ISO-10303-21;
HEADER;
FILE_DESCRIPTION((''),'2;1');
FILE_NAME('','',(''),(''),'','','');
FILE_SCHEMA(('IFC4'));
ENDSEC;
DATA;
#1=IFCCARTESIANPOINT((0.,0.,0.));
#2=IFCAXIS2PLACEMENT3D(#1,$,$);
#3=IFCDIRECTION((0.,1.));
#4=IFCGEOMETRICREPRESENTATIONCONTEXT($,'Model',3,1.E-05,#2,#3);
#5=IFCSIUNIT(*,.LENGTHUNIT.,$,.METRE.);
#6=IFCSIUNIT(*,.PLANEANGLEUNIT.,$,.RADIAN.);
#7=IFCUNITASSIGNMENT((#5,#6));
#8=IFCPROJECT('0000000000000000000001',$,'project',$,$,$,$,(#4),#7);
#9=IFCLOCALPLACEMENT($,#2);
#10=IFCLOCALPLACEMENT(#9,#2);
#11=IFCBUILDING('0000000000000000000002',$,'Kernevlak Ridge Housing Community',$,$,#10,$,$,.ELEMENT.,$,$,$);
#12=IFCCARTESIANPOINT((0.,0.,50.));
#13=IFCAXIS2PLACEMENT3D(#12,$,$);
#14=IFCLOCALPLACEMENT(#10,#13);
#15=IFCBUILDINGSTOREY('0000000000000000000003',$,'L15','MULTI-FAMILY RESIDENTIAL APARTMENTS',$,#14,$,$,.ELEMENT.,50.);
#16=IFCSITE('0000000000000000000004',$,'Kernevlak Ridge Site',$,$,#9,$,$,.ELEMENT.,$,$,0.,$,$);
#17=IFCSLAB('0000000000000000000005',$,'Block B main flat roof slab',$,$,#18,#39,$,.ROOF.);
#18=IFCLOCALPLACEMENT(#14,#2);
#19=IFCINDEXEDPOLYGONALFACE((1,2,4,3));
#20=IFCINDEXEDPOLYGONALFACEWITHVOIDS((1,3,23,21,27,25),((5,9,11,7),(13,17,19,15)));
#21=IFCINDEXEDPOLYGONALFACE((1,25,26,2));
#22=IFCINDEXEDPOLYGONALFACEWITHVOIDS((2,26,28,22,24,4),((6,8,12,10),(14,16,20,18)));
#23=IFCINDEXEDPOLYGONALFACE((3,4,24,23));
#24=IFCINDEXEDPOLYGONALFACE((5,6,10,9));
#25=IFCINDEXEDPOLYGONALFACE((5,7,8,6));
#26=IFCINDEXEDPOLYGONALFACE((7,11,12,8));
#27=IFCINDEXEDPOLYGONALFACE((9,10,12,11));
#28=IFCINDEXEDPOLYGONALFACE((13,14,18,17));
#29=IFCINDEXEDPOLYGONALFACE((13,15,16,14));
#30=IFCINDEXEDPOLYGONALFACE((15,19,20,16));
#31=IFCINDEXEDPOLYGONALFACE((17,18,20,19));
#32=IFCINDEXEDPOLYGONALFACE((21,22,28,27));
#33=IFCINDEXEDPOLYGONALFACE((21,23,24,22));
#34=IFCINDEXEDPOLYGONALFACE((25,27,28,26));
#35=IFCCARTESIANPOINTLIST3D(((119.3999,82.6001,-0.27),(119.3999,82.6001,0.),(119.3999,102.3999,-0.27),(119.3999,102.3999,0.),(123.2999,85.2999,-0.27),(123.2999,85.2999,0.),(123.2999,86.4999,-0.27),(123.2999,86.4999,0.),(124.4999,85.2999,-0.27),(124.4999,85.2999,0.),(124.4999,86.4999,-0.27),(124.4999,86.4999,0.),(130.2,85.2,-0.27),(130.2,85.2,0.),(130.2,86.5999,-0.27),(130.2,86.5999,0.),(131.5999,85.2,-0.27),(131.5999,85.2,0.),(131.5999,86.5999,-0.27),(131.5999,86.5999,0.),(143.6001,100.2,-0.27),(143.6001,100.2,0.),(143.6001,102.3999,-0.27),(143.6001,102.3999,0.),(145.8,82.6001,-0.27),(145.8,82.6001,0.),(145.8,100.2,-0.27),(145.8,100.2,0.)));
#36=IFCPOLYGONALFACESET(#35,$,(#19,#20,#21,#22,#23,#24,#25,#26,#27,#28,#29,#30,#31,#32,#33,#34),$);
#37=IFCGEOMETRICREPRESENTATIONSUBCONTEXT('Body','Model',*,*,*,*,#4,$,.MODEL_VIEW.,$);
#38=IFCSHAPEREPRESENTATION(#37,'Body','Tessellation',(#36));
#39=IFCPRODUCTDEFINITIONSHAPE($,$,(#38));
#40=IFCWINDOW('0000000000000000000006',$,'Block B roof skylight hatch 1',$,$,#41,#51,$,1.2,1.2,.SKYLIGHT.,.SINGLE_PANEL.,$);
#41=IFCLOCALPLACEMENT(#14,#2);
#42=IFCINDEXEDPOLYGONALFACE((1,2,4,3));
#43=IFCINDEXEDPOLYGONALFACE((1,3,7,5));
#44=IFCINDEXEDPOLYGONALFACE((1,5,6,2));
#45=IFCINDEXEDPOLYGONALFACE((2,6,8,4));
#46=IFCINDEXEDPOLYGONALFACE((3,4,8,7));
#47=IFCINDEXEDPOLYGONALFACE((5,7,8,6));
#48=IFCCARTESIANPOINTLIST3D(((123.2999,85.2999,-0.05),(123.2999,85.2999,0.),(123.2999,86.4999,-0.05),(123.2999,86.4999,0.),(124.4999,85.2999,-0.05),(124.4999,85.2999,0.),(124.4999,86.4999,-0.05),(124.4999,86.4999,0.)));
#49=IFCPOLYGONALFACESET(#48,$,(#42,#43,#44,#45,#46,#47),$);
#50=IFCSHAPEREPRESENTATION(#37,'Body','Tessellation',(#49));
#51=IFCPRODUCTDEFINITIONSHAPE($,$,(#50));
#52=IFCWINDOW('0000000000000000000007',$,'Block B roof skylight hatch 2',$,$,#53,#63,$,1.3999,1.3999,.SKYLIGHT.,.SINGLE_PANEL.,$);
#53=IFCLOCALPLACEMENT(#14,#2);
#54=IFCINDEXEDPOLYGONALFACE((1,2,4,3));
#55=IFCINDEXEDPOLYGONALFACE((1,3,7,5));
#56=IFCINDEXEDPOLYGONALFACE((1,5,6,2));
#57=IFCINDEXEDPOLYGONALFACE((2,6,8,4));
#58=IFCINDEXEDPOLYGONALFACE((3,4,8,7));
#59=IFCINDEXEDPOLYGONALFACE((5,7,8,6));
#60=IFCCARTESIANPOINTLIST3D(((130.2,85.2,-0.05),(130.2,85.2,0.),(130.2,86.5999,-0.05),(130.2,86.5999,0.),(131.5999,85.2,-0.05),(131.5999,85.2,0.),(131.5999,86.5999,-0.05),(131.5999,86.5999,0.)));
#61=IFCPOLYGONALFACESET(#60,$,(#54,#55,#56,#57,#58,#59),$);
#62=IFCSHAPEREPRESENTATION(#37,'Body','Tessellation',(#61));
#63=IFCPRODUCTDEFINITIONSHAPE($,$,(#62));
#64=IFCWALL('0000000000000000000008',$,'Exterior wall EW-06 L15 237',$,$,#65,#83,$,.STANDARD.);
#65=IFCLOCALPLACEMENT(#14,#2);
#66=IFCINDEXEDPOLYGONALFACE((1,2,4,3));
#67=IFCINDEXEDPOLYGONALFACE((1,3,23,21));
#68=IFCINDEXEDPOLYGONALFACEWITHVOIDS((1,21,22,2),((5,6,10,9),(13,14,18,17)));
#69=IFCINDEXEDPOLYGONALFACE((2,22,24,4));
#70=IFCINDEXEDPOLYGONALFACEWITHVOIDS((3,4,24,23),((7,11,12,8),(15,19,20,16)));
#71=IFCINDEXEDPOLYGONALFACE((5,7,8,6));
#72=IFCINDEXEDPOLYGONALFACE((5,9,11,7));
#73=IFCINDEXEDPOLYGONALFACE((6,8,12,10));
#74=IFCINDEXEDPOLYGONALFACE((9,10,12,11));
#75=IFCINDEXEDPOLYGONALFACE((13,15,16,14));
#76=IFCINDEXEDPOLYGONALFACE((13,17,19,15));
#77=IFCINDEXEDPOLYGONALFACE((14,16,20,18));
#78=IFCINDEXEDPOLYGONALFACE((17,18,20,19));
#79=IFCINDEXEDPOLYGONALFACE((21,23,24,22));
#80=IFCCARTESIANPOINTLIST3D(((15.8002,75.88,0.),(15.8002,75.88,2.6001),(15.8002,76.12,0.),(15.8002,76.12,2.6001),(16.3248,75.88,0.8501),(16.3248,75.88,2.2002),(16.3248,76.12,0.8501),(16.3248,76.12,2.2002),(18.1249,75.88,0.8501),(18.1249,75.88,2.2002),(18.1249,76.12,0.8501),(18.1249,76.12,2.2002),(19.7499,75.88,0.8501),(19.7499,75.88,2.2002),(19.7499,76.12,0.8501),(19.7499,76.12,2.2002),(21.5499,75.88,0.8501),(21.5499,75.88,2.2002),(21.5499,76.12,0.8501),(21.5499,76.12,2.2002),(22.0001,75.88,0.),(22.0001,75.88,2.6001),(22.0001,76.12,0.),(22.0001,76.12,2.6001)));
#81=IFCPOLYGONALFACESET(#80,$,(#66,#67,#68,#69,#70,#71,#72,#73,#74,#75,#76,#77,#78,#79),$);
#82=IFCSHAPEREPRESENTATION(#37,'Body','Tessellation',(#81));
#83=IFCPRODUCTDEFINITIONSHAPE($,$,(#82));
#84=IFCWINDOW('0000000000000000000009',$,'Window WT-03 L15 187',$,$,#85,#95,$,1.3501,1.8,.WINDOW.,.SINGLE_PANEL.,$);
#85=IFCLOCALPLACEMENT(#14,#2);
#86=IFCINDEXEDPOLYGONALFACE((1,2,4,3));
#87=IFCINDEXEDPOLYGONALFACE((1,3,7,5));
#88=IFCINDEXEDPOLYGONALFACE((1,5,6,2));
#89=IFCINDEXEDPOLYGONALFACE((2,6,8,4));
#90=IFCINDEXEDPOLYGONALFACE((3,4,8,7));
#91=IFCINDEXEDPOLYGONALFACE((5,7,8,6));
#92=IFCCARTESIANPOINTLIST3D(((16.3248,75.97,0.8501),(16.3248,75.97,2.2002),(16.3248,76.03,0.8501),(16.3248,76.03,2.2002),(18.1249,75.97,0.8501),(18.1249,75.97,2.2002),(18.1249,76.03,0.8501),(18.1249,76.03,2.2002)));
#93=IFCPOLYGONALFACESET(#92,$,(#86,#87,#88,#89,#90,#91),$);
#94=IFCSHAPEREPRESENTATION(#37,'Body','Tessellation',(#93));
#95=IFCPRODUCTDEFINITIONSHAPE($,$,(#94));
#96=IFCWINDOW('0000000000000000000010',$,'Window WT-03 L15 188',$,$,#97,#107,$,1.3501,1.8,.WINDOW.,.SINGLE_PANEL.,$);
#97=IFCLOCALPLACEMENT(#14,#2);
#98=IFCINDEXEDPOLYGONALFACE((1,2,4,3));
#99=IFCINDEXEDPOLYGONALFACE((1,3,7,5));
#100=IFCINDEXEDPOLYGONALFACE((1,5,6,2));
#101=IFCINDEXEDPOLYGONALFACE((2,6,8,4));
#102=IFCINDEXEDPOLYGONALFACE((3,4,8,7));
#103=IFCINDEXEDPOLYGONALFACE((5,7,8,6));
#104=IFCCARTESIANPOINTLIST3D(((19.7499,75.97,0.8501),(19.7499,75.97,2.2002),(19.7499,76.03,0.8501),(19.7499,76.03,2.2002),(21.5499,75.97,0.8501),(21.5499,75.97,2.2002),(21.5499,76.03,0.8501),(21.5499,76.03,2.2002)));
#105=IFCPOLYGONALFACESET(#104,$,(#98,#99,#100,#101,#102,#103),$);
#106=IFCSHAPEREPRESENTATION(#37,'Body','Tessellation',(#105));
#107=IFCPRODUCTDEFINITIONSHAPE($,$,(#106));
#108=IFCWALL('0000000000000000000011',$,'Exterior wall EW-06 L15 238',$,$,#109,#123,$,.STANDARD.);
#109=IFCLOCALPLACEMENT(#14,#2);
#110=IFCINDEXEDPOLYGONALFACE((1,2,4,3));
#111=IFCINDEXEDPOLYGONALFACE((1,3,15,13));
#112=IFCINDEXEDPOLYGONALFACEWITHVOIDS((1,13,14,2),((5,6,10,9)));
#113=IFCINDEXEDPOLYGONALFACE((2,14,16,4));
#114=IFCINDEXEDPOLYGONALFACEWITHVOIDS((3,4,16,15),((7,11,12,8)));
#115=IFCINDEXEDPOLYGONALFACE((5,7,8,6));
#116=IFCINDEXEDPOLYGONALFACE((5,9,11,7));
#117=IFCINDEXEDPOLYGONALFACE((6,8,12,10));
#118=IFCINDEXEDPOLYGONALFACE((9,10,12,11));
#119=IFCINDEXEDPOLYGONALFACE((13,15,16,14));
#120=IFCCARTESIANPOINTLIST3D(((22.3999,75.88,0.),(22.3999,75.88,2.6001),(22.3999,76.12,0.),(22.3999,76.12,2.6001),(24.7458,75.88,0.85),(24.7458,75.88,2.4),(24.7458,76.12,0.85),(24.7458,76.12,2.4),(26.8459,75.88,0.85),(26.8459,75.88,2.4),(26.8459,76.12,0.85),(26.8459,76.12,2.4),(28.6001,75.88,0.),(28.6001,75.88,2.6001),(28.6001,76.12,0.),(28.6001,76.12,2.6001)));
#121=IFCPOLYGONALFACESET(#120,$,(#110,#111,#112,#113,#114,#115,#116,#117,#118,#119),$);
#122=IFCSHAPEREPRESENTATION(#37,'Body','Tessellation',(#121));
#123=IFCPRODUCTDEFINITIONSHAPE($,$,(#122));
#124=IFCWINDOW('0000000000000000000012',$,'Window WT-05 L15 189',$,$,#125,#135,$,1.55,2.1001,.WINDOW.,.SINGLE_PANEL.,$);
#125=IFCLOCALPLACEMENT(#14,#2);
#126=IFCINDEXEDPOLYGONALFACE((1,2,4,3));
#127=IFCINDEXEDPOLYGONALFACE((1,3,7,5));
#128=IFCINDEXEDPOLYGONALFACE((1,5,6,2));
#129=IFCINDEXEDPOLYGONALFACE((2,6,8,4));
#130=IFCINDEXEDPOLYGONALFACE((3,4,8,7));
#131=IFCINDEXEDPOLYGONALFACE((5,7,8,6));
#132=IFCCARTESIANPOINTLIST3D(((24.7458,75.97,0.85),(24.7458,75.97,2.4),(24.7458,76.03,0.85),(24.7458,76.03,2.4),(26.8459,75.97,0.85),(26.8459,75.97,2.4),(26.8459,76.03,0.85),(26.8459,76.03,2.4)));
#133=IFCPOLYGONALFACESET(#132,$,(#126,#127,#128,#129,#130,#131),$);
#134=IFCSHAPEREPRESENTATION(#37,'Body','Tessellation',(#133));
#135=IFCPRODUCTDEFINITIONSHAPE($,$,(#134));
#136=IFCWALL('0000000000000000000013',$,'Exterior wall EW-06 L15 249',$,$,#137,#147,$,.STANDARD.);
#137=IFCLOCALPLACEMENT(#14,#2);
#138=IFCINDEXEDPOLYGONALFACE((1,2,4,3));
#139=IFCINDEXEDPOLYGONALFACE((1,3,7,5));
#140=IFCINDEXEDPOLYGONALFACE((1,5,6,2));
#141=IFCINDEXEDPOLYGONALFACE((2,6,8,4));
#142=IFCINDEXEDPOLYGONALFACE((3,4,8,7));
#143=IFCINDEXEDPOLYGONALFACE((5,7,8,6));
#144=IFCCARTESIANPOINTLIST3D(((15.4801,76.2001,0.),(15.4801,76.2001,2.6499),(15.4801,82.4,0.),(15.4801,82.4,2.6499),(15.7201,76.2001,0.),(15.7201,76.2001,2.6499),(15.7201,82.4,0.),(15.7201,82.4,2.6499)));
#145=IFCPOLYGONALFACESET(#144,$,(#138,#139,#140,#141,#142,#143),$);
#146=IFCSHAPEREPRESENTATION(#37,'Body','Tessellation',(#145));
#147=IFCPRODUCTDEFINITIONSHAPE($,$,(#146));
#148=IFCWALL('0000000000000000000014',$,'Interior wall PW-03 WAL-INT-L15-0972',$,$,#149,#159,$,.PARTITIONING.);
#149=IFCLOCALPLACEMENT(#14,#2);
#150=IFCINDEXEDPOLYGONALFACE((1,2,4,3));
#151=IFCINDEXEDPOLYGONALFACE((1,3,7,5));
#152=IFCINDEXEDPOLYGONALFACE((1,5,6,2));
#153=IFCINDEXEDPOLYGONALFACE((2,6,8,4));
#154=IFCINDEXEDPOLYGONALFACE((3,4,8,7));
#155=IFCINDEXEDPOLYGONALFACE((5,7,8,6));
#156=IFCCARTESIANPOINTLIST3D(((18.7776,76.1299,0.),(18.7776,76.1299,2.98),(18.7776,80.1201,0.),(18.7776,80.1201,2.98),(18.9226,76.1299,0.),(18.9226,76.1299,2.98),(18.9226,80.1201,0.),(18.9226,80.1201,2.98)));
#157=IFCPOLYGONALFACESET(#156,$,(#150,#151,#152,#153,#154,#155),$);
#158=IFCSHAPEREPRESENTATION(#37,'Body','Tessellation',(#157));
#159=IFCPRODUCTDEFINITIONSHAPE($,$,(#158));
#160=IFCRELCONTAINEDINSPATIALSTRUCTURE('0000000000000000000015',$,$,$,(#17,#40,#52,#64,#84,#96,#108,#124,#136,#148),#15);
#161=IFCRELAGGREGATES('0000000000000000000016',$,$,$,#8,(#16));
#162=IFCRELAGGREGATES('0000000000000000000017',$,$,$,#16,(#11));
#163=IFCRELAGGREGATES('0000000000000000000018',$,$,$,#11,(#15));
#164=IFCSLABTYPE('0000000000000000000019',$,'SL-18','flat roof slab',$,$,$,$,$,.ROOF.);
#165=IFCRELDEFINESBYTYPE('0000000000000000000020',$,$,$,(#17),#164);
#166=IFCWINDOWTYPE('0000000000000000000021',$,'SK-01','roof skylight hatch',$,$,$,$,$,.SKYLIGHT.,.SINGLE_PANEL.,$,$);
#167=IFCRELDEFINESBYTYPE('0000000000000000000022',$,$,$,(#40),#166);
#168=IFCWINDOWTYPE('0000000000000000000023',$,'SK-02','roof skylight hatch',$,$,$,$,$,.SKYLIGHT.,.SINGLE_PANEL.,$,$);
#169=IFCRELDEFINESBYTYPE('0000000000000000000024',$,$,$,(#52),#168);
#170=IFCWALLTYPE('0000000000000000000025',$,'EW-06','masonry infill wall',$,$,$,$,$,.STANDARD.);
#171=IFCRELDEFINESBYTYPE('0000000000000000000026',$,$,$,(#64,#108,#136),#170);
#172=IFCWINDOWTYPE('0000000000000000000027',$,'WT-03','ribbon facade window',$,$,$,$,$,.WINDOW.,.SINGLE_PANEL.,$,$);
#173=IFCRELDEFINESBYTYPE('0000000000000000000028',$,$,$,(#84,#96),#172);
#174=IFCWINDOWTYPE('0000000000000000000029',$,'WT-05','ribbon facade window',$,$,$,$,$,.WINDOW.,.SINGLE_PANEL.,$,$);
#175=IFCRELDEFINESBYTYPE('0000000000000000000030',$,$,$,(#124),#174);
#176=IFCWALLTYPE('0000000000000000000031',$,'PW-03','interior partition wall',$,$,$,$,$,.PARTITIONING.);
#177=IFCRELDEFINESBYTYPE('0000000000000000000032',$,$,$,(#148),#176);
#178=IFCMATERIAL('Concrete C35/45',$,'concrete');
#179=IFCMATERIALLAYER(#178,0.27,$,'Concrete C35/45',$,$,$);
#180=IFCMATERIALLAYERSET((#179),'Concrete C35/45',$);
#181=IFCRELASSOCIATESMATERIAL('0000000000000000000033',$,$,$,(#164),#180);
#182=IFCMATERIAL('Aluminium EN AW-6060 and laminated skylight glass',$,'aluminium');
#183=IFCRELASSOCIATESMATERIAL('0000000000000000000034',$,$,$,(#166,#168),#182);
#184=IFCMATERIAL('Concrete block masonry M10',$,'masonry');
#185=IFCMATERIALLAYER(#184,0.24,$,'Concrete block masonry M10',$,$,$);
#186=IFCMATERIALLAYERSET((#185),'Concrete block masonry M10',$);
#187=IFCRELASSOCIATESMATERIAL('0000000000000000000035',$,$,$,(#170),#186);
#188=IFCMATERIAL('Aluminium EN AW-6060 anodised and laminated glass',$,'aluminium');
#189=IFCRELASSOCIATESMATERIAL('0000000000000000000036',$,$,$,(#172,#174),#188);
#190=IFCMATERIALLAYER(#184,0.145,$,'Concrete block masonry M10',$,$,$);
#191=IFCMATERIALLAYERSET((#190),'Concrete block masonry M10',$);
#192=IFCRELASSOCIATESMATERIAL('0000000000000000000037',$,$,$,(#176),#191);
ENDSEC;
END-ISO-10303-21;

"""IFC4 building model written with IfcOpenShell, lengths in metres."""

from ifc_helpers import new_model, si_unit, direction, frame, frame_2d, origin, origin_2d, place, context, subcontext, project, spatial, polyline, rectangle, outline, extrude, material, layer, layer_set, type_object, element, fill, save


model = new_model("IFC4")

# Units and contexts
model_context = context("Model", 3, precision=1e-05, world=origin(), true_north=direction((0.0, 1.0)))
body_context = subcontext(model_context, "Body", "Model", "MODEL_VIEW")
ifc_project = project(units=[si_unit("LENGTHUNIT", "METRE"), si_unit("PLANEANGLEUNIT", "RADIAN")], contexts=[model_context])

# Site, building, storey
site_placement = place(None, origin())
site = spatial("IfcSite", under=ifc_project, at=site_placement, Name="Kernevlak Ridge Site", CompositionType="ELEMENT", RefElevation=0.0)
building_placement = place(site_placement, origin())
building = spatial("IfcBuilding", under=site, at=building_placement, Name="Kernevlak Ridge Housing Community", CompositionType="ELEMENT")
storey_placement = place(building_placement, frame((0.0, 0.0, 50.0)))
storey = spatial("IfcBuildingStorey", under=building, at=storey_placement, Name="L15", Description="MULTI-FAMILY RESIDENTIAL APARTMENTS", CompositionType="ELEMENT", Elevation=50.0)

# Shared definitions
ifc_material_1 = material(Name="Concrete C35/45", Category="concrete")

# Slab, openings, windows
ifc_layer_1 = layer(ifc_material_1, 0.27, Name="Concrete C35/45")
ifc_layer_set_1 = layer_set([ifc_layer_1], Name="Concrete C35/45")
slab_type_1 = type_object("IfcSlabType", Name="SL-18", Description="flat roof slab", PredefinedType="ROOF", material=ifc_layer_set_1)
slab_1_placement = place(storey_placement, frame((0.0, 0.0, -0.27)))
slab_1 = element("IfcSlab", 1, at=slab_1_placement, inside=storey, type_object=slab_type_1, Name="Block B main flat roof slab", PredefinedType="ROOF", context=body_context, shape_type="SweptSolid", body=[
    extrude(outline(polyline([(119.3999, 82.6001), (145.8, 82.6001), (145.8, 100.2), (143.6001, 100.2), (143.6001, 102.3999), (119.3999, 102.3999), (119.3999, 82.6001)])), origin(), (0.0, 0.0, 1.0), 0.27),
])
opening_1_placement = place(slab_1_placement, frame((123.8999, 85.8999, -0.01)))
opening_1 = element("IfcOpeningElement", 2, at=opening_1_placement, cuts=slab_1, PredefinedType="OPENING", context=body_context, shape_type="SweptSolid", body=[
    extrude(rectangle(XDim=1.2, YDim=1.2, at=origin_2d()), origin(), (0.0, 0.0, 1.0), 0.29),
])
opening_2_placement = place(slab_1_placement, frame((130.8999, 85.8999, -0.01)))
opening_2 = element("IfcOpeningElement", 3, at=opening_2_placement, cuts=slab_1, PredefinedType="OPENING", context=body_context, shape_type="SweptSolid", body=[
    extrude(rectangle(XDim=1.3999, YDim=1.3999, at=origin_2d()), origin(), (0.0, 0.0, 1.0), 0.29),
])
ifc_material_2 = material(Name="Aluminium EN AW-6060 and laminated skylight glass", Category="aluminium")
window_type_1 = type_object("IfcWindowType", Name="SK-01", Description="roof skylight hatch", PartitioningType="SINGLE_PANEL", PredefinedType="SKYLIGHT", material=ifc_material_2)
window_1_placement = place(slab_1_placement, frame((123.8999, 85.8999, 0.22)))
window_1 = element("IfcWindow", 4, at=window_1_placement, inside=storey, type_object=window_type_1, Name="Block B roof skylight hatch 1", OverallHeight=1.2, OverallWidth=1.2, PartitioningType="SINGLE_PANEL", PredefinedType="SKYLIGHT", context=body_context, shape_type="SweptSolid", body=[
    extrude(rectangle(XDim=1.2, YDim=1.2, at=origin_2d()), origin(), (0.0, 0.0, 1.0), 0.05),
])
fill(opening_1, window_1)
window_type_2 = type_object("IfcWindowType", Name="SK-02", Description="roof skylight hatch", PartitioningType="SINGLE_PANEL", PredefinedType="SKYLIGHT", material=ifc_material_2)
window_2_placement = place(slab_1_placement, frame((130.8999, 85.8999, 0.22)))
window_2 = element("IfcWindow", 5, at=window_2_placement, inside=storey, type_object=window_type_2, Name="Block B roof skylight hatch 2", OverallHeight=1.3999, OverallWidth=1.3999, PartitioningType="SINGLE_PANEL", PredefinedType="SKYLIGHT", context=body_context, shape_type="SweptSolid", body=[
    extrude(rectangle(XDim=1.3999, YDim=1.3999, at=origin_2d()), origin(), (0.0, 0.0, 1.0), 0.05),
])
fill(opening_2, window_2)

# Wall, openings, windows
ifc_material_3 = material(Name="Concrete block masonry M10", Category="masonry")
ifc_layer_2 = layer(ifc_material_3, 0.24, Name="Concrete block masonry M10")
ifc_layer_set_2 = layer_set([ifc_layer_2], Name="Concrete block masonry M10")
wall_type_1 = type_object("IfcWallType", Name="EW-06", Description="masonry infill wall", PredefinedType="STANDARD", material=ifc_layer_set_2)
wall_1_placement = place(storey_placement, frame((15.8, 76.0, 0.0), z_axis=(0.0, 0.0, 1.0), x_axis=(1.0, 0.0, 0.0)))
wall_1 = element("IfcWall", 6, at=wall_1_placement, inside=storey, type_object=wall_type_1, Name="Exterior wall EW-06 L15 237", PredefinedType="STANDARD", context=body_context, shape_type="SweptSolid", body=[
    extrude(rectangle(XDim=6.2, YDim=0.24, at=frame_2d((3.1001, 0.0))), origin(), (0.0, 0.0, 1.0), 2.6001),
])
opening_3_placement = place(wall_1_placement, frame((0.5249, 0.0, 0.8501)))
opening_3 = element("IfcOpeningElement", 7, at=opening_3_placement, cuts=wall_1, PredefinedType="OPENING", context=body_context, shape_type="SweptSolid", body=[
    extrude(rectangle(XDim=1.8, YDim=1.3501, at=frame_2d((0.8999, 0.675))), frame((0.0, 0.1299, 0.0), z_axis=(0.0, -1.0, 0.0), x_axis=(1.0, 0.0, 0.0)), (0.0, 0.0, 1.0), 0.26),
])
opening_4_placement = place(wall_1_placement, frame((3.95, 0.0, 0.8501)))
opening_4 = element("IfcOpeningElement", 8, at=opening_4_placement, cuts=wall_1, PredefinedType="OPENING", context=body_context, shape_type="SweptSolid", body=[
    extrude(rectangle(XDim=1.8, YDim=1.3501, at=frame_2d((0.8999, 0.675))), frame((0.0, 0.1299, 0.0), z_axis=(0.0, -1.0, 0.0), x_axis=(1.0, 0.0, 0.0)), (0.0, 0.0, 1.0), 0.26),
])
ifc_material_4 = material(Name="Aluminium EN AW-6060 anodised and laminated glass", Category="aluminium")
window_type_3 = type_object("IfcWindowType", Name="WT-03", Description="ribbon facade window", PartitioningType="SINGLE_PANEL", PredefinedType="WINDOW", material=ifc_material_4)
window_3_placement = place(opening_3_placement, origin())
window_3 = element("IfcWindow", 9, at=window_3_placement, inside=storey, type_object=window_type_3, Name="Window WT-03 L15 187", OverallHeight=1.3501, OverallWidth=1.8, PartitioningType="SINGLE_PANEL", PredefinedType="WINDOW", context=body_context, shape_type="SweptSolid", body=[
    extrude(rectangle(XDim=1.8, YDim=1.3501, at=frame_2d((0.8999, 0.675))), frame((0.0, 0.03, 0.0), z_axis=(0.0, -1.0, 0.0), x_axis=(1.0, 0.0, 0.0)), (0.0, 0.0, 1.0), 0.0601),
])
fill(opening_3, window_3)
window_4_placement = place(opening_4_placement, origin())
window_4 = element("IfcWindow", 10, at=window_4_placement, inside=storey, type_object=window_type_3, Name="Window WT-03 L15 188", OverallHeight=1.3501, OverallWidth=1.8, PartitioningType="SINGLE_PANEL", PredefinedType="WINDOW", context=body_context, shape_type="SweptSolid", body=[
    extrude(rectangle(XDim=1.8, YDim=1.3501, at=frame_2d((0.8999, 0.675))), frame((0.0, 0.03, 0.0), z_axis=(0.0, -1.0, 0.0), x_axis=(1.0, 0.0, 0.0)), (0.0, 0.0, 1.0), 0.0601),
])
fill(opening_4, window_4)

# Wall, opening, window
wall_2_placement = place(storey_placement, frame((22.3999, 76.0, 0.0), z_axis=(0.0, 0.0, 1.0), x_axis=(1.0, 0.0, 0.0)))
wall_2 = element("IfcWall", 11, at=wall_2_placement, inside=storey, type_object=wall_type_1, Name="Exterior wall EW-06 L15 238", PredefinedType="STANDARD", context=body_context, shape_type="SweptSolid", body=[
    extrude(rectangle(XDim=6.2002, YDim=0.24, at=frame_2d((3.1001, 0.0))), origin(), (0.0, 0.0, 1.0), 2.6001),
])
opening_5_placement = place(wall_2_placement, frame((2.3459, 0.0, 0.8501)))
opening_5 = element("IfcOpeningElement", 12, at=opening_5_placement, cuts=wall_2, PredefinedType="OPENING", context=body_context, shape_type="SweptSolid", body=[
    extrude(rectangle(XDim=2.1001, YDim=1.55, at=frame_2d((1.05, 0.7749))), frame((0.0, 0.1299, 0.0), z_axis=(0.0, -1.0, 0.0), x_axis=(1.0, 0.0, 0.0)), (0.0, 0.0, 1.0), 0.26),
])
window_type_4 = type_object("IfcWindowType", Name="WT-05", Description="ribbon facade window", PartitioningType="SINGLE_PANEL", PredefinedType="WINDOW", material=ifc_material_4)
window_5_placement = place(opening_5_placement, origin())
window_5 = element("IfcWindow", 13, at=window_5_placement, inside=storey, type_object=window_type_4, Name="Window WT-05 L15 189", OverallHeight=1.55, OverallWidth=2.1001, PartitioningType="SINGLE_PANEL", PredefinedType="WINDOW", context=body_context, shape_type="SweptSolid", body=[
    extrude(rectangle(XDim=2.1001, YDim=1.55, at=frame_2d((1.05, 0.7749))), frame((0.0, 0.03, 0.0), z_axis=(0.0, -1.0, 0.0), x_axis=(1.0, 0.0, 0.0)), (0.0, 0.0, 1.0), 0.0601),
])
fill(opening_5, window_5)

# Walls
wall_3_placement = place(storey_placement, frame((15.6001, 76.2, 0.0), z_axis=(0.0, 0.0, 1.0), x_axis=(0.0, 1.0, 0.0)))
element("IfcWall", 14, at=wall_3_placement, inside=storey, type_object=wall_type_1, Name="Exterior wall EW-06 L15 249", PredefinedType="STANDARD", context=body_context, shape_type="SweptSolid", body=[
    extrude(rectangle(XDim=6.2, YDim=0.24, at=frame_2d((3.1001, 0.0))), origin(), (0.0, 0.0, 1.0), 2.6499),
])
ifc_layer_3 = layer(ifc_material_3, 0.145, Name="Concrete block masonry M10")
ifc_layer_set_3 = layer_set([ifc_layer_3], Name="Concrete block masonry M10")
wall_type_2 = type_object("IfcWallType", Name="PW-03", Description="interior partition wall", PredefinedType="PARTITIONING", material=ifc_layer_set_3)
wall_4_placement = place(storey_placement, frame((18.8501, 80.1201, 0.0), z_axis=(0.0, 0.0, 1.0), x_axis=(0.0, -1.0, 0.0)))
element("IfcWall", 15, at=wall_4_placement, inside=storey, type_object=wall_type_2, Name="Interior wall PW-03 WAL-INT-L15-0972", PredefinedType="PARTITIONING", context=body_context, shape_type="SweptSolid", body=[
    extrude(rectangle(XDim=3.9902, YDim=0.145, at=frame_2d((1.9951, 0.0))), origin(), (0.0, 0.0, 1.0), 2.98),
])

save(model, "model.ifc")
